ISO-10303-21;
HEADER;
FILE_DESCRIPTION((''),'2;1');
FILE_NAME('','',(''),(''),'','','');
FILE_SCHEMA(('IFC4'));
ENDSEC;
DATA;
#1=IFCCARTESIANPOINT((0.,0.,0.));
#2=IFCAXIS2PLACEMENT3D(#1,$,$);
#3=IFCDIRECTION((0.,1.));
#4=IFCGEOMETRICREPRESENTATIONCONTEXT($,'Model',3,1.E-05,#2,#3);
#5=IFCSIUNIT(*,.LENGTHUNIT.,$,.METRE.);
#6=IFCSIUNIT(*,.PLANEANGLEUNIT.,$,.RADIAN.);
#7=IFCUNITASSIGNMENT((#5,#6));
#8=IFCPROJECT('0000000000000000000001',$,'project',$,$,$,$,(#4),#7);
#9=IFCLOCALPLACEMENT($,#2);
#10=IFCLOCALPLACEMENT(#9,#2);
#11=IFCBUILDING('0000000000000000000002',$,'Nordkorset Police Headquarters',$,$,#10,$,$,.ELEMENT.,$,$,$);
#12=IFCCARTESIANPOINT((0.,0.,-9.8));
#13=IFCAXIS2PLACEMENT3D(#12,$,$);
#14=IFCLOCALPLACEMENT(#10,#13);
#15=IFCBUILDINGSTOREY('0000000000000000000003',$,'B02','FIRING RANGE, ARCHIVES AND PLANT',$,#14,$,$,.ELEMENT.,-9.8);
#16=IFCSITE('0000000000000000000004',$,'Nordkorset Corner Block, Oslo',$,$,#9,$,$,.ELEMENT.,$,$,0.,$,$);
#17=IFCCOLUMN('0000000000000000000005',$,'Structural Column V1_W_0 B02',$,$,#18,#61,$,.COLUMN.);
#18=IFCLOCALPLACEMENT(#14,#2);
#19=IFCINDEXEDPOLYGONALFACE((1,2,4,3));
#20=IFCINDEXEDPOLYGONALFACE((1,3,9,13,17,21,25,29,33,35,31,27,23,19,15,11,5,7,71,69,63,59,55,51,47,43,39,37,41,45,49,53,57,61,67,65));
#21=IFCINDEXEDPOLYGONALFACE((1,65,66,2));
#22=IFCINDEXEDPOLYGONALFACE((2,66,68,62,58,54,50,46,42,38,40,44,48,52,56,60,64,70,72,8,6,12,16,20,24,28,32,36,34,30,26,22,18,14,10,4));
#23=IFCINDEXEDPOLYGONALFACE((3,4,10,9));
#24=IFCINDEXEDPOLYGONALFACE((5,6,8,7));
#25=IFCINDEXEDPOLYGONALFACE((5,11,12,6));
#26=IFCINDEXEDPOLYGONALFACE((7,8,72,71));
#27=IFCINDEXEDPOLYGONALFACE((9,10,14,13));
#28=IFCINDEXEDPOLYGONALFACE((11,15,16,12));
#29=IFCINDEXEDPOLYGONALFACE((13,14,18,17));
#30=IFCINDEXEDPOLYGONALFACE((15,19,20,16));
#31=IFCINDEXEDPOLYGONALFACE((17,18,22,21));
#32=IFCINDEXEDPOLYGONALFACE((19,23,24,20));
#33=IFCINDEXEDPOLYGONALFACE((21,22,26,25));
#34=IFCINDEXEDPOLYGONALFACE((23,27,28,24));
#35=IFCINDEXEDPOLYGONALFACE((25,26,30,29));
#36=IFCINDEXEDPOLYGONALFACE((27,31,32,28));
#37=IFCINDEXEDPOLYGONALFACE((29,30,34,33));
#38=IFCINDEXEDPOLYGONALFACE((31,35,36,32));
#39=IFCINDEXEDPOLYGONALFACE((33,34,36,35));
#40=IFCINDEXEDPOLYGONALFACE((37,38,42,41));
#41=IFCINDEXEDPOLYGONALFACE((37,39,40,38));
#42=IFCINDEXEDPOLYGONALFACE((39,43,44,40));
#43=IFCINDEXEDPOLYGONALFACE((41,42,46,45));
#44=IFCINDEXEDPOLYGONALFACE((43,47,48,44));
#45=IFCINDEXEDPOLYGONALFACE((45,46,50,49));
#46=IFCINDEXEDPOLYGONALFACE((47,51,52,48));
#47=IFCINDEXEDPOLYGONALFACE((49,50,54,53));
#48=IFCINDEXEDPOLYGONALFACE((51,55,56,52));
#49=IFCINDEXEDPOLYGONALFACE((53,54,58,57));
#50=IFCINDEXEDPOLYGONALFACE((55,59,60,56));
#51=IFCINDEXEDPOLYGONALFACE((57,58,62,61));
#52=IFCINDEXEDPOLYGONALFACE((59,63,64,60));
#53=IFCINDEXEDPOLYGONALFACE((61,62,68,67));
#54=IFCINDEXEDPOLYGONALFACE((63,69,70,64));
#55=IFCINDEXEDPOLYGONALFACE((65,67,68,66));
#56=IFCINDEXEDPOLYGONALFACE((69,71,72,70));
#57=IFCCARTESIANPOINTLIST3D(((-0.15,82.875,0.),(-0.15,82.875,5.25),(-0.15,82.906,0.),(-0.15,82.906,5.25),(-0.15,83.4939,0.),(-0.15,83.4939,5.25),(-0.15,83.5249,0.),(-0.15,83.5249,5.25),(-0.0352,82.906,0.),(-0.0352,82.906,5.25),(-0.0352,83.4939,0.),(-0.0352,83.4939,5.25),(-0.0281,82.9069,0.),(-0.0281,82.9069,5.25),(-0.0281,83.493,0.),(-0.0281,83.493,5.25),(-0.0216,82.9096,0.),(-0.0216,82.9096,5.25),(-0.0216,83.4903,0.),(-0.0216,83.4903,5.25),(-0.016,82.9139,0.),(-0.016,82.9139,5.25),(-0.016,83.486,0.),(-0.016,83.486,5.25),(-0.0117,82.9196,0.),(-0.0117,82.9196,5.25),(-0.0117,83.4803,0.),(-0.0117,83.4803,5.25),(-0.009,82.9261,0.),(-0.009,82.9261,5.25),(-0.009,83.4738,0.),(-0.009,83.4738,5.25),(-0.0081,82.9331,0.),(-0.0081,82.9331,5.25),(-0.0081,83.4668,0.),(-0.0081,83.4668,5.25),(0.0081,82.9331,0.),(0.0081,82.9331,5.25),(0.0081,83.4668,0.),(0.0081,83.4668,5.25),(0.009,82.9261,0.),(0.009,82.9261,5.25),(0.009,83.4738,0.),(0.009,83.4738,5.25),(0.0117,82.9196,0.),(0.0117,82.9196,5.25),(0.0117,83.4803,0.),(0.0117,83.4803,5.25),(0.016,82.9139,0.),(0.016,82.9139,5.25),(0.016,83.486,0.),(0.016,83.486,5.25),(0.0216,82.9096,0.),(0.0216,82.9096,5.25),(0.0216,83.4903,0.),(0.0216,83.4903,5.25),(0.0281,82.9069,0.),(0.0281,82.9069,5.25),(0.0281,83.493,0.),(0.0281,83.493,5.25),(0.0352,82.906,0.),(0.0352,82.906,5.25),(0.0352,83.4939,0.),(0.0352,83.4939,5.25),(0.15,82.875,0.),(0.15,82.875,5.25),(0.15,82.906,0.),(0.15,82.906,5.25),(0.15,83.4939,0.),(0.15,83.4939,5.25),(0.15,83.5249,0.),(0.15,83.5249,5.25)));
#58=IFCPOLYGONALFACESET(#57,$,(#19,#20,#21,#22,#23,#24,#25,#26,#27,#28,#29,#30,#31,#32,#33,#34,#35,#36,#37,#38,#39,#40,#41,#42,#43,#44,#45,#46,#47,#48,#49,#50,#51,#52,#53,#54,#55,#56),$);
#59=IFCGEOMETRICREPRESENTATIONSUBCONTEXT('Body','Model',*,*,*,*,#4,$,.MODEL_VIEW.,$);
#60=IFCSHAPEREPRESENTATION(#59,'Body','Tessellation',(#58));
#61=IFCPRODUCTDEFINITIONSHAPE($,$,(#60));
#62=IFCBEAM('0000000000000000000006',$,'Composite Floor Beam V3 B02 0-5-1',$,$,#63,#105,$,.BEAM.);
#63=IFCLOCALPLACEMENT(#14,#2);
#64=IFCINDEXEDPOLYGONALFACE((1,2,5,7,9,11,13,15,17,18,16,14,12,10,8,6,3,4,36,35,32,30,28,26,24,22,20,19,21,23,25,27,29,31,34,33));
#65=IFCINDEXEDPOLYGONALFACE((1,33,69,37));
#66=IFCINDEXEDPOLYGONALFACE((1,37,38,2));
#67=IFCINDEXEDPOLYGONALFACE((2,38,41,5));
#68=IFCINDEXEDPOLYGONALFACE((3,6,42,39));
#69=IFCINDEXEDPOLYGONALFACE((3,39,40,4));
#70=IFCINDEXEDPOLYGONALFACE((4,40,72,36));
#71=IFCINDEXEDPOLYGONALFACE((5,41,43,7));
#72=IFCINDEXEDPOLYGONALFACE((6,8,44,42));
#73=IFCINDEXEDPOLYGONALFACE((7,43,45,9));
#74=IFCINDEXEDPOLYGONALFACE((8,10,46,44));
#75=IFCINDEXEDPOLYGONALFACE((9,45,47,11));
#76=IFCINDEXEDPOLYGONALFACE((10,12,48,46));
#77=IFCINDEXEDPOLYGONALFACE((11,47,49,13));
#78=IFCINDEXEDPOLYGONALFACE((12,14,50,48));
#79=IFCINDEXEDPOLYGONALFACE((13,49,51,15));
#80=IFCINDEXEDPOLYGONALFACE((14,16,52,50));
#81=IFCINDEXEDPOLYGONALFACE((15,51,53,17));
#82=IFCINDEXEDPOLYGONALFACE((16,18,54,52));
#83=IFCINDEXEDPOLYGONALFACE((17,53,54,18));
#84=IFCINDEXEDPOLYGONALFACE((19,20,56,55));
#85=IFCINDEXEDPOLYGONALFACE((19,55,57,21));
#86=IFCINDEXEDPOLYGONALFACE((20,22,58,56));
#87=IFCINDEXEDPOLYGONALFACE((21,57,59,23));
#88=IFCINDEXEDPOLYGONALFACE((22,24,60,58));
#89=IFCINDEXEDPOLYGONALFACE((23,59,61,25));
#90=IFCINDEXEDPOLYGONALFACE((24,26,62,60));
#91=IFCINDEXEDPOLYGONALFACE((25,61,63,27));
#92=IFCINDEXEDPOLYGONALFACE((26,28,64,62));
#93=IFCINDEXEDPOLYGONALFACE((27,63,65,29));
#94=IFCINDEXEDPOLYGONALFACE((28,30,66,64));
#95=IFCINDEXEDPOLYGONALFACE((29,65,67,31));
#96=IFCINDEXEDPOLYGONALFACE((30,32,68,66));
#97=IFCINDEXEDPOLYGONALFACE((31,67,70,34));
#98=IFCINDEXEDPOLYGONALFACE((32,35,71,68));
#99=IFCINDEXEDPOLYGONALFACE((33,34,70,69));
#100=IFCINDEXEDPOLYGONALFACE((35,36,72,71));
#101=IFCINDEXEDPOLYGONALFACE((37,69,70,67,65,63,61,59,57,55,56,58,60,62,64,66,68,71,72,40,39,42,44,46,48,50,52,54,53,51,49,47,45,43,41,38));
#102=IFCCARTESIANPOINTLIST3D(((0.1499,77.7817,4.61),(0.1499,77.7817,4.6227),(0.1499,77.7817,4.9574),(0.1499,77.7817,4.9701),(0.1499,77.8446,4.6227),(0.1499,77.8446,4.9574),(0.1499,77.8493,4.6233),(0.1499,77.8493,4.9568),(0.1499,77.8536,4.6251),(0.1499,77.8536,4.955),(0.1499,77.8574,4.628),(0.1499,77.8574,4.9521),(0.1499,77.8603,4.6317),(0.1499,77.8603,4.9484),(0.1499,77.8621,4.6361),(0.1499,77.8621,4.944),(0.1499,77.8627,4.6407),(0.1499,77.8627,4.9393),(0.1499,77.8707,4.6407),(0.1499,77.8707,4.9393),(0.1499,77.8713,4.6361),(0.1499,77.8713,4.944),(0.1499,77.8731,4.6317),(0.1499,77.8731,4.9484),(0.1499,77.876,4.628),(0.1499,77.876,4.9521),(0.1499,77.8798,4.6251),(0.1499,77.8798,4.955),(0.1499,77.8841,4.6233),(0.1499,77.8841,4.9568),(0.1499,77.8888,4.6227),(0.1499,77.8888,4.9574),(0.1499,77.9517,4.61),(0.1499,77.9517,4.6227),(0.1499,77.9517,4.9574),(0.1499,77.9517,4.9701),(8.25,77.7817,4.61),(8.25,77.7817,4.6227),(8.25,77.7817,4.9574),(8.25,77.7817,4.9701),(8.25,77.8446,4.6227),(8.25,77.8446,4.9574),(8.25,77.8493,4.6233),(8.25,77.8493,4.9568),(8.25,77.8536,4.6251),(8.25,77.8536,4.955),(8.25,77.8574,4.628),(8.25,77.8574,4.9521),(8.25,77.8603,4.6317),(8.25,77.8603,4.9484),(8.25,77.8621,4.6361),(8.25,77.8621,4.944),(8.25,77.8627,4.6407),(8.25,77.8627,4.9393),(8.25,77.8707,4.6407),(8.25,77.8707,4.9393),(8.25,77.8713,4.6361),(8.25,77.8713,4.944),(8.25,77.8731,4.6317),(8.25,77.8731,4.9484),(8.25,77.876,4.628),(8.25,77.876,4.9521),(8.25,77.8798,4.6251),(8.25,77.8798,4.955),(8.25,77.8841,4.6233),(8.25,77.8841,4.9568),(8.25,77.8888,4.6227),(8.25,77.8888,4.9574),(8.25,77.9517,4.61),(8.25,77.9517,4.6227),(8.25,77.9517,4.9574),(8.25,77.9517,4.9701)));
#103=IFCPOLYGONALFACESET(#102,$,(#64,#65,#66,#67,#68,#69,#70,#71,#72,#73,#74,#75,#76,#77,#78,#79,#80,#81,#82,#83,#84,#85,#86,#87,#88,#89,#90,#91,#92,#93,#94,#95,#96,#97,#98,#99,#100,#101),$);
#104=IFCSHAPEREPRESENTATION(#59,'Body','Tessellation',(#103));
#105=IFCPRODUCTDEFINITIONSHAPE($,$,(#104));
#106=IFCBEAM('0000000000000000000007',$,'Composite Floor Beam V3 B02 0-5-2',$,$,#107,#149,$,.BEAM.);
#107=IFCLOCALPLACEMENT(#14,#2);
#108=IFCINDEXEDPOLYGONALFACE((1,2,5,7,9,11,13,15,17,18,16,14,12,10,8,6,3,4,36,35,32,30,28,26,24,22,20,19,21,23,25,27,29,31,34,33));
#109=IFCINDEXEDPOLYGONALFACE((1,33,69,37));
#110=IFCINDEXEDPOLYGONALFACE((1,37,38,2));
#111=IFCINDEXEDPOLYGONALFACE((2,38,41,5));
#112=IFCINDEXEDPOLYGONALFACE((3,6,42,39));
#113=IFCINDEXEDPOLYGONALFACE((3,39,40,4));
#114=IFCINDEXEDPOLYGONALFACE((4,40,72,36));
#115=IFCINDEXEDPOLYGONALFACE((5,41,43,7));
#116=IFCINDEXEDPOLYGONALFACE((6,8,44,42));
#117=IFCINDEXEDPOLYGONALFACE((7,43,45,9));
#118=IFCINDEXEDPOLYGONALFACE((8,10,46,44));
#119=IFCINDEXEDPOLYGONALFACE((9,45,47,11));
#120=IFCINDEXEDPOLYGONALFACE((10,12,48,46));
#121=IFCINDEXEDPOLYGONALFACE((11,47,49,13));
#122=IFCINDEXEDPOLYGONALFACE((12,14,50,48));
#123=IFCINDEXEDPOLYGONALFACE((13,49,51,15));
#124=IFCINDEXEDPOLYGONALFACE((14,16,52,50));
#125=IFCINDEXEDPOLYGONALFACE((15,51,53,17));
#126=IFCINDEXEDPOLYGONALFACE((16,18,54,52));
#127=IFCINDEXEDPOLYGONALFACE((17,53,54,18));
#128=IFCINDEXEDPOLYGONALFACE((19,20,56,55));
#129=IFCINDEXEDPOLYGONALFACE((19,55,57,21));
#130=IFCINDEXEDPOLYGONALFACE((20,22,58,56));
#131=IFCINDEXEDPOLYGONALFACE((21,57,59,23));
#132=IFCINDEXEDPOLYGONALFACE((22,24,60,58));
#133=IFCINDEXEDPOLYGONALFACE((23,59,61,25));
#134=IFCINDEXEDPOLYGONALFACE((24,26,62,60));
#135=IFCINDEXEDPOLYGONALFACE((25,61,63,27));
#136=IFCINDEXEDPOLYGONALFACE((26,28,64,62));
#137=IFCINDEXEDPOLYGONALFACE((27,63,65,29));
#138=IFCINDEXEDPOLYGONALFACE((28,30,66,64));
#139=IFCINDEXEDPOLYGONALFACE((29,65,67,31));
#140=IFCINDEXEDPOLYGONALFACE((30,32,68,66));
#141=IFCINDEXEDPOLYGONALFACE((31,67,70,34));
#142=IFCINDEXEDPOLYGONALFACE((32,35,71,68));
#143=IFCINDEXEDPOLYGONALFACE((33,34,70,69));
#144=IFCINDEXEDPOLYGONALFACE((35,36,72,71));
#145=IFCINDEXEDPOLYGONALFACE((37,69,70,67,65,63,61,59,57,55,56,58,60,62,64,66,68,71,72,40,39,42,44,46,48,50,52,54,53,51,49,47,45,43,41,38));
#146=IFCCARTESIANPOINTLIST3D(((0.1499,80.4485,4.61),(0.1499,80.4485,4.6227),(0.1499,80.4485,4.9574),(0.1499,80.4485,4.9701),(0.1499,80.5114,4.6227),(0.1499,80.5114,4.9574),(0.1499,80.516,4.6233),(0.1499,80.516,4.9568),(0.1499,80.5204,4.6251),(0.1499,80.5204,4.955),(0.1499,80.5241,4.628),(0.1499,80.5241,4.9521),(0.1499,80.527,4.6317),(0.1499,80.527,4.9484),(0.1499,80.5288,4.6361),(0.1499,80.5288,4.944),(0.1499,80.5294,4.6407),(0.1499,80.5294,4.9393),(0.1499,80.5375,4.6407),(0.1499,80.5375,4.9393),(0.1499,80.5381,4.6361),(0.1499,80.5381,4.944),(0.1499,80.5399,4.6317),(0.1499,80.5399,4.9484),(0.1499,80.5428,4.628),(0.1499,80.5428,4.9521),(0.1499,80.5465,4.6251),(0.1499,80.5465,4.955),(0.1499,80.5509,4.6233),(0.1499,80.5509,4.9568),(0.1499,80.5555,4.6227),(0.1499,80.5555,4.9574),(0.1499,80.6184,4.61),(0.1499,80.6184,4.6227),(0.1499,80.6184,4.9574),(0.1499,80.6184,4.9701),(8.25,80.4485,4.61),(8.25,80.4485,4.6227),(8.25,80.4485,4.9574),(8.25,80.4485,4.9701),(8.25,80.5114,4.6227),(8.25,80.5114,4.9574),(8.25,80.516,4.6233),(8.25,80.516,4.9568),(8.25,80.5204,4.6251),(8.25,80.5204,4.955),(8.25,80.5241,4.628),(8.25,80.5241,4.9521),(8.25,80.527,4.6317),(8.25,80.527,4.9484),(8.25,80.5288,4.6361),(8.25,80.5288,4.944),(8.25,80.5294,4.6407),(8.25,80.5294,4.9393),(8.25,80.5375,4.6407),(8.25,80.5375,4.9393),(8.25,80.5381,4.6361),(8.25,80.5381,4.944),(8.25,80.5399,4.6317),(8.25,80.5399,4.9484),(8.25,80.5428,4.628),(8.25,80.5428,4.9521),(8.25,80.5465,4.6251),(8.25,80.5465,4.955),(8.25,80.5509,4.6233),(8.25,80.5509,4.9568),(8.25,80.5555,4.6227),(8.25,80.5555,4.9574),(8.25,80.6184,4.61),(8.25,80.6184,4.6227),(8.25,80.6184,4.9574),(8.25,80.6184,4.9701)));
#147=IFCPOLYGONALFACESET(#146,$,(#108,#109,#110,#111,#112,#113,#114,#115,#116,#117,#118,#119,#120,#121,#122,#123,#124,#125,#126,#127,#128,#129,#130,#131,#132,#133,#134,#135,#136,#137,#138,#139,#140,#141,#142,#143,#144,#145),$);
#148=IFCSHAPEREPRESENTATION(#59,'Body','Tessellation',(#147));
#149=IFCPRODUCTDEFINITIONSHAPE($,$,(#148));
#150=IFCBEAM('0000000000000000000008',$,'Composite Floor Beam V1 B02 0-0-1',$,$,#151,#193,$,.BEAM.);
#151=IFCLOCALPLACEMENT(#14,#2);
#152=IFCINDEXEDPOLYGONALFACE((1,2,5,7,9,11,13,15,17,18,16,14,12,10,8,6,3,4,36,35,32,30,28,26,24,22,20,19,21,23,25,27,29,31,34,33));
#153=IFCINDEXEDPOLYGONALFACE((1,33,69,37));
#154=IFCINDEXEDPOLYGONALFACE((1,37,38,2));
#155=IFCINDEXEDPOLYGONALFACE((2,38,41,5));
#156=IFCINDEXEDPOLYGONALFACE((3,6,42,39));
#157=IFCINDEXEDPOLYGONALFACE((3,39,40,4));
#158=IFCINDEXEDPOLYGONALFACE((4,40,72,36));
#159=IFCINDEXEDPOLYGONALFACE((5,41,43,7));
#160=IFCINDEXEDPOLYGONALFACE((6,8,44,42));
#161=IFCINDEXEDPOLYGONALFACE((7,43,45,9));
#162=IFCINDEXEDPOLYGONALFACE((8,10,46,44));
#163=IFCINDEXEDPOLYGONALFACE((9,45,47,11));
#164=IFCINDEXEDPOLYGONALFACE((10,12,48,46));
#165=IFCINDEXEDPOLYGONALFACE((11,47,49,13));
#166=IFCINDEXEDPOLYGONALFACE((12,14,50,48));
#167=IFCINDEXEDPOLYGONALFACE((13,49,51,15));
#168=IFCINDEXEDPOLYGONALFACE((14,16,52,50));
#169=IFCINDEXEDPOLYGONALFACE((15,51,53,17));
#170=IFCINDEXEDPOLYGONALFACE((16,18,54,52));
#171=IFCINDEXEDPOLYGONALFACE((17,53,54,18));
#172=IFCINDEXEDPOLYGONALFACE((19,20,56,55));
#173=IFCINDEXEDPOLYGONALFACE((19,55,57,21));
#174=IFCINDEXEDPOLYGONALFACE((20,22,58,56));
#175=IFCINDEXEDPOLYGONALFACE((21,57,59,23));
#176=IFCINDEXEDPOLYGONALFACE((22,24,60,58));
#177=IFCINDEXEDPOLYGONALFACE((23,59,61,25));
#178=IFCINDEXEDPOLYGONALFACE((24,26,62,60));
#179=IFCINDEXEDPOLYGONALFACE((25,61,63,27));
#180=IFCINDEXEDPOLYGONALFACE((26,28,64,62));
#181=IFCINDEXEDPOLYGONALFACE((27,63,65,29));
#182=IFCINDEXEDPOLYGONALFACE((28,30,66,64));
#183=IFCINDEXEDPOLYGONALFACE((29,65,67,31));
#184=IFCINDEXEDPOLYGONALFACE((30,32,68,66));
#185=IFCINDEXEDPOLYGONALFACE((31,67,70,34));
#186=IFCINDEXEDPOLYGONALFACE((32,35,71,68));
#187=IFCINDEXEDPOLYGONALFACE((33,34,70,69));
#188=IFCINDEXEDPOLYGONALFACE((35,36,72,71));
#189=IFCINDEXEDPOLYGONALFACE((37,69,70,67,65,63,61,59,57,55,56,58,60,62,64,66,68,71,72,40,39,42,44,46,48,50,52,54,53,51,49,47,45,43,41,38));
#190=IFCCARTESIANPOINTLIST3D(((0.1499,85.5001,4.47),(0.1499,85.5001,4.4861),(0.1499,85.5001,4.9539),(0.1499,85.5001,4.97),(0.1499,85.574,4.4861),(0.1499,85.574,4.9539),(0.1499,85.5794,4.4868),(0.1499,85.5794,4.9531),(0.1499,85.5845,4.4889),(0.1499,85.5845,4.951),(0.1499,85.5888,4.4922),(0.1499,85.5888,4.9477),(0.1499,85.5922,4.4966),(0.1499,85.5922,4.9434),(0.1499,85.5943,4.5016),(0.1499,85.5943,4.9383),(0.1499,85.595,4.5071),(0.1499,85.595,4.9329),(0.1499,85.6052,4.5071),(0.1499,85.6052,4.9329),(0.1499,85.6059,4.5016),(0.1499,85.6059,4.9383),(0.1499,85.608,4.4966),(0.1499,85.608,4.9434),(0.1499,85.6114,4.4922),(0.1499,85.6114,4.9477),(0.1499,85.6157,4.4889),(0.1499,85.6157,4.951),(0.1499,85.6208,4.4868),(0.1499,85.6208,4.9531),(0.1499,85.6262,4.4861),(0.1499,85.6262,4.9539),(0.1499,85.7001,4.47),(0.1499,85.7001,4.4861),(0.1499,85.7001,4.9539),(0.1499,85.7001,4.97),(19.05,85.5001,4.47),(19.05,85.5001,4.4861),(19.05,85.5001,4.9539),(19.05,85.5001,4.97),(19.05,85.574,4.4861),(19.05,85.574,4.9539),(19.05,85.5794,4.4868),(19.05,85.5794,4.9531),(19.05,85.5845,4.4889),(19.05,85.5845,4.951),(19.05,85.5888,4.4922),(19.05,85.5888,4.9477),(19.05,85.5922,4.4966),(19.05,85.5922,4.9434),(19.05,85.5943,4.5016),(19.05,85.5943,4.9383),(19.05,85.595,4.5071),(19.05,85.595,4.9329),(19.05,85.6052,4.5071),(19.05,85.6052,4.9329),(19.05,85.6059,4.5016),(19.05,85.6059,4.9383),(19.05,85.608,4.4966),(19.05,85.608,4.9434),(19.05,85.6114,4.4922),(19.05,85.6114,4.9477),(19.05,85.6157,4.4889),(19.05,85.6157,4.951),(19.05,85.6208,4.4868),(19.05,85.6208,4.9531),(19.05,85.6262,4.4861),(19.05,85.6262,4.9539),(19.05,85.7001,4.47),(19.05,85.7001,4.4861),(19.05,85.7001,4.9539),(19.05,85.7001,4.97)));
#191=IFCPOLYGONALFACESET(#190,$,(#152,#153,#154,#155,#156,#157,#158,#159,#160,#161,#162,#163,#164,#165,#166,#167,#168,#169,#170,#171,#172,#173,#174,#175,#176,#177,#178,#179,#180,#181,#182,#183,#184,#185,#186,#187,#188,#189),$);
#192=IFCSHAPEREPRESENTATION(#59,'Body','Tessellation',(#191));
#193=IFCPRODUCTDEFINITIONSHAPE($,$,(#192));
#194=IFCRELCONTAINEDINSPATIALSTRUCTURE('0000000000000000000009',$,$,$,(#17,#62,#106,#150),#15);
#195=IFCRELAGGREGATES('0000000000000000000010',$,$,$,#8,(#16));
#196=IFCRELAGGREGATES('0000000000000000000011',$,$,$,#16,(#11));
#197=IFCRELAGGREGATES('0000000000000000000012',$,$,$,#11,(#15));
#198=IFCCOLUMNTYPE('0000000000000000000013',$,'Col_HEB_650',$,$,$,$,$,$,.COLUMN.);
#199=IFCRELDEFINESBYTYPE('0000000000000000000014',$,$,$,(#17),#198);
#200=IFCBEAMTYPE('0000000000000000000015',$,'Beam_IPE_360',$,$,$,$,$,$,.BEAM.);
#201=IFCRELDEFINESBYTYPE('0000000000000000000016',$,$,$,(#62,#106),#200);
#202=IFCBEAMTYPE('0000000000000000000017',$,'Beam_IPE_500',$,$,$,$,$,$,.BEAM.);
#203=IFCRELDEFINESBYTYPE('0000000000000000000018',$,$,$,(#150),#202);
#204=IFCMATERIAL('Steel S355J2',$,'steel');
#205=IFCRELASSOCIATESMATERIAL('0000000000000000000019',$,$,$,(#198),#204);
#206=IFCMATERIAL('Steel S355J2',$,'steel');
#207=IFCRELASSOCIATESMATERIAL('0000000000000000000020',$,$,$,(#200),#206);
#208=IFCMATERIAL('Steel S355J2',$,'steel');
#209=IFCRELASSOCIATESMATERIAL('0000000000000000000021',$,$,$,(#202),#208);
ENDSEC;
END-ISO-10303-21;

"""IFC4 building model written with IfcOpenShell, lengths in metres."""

from ifc_helpers import new_model, si_unit, direction, frame, origin, origin_2d, place, context, subcontext, project, spatial, i_section, extrude, material, material_profile, profile_set, type_object, element, save


model = new_model("IFC4")

# Units and contexts
model_context = context("Model", 3, precision=1e-05, world=origin(), true_north=direction((0.0, 1.0)))
body_context = subcontext(model_context, "Body", "Model", "MODEL_VIEW")
ifc_project = project(units=[si_unit("LENGTHUNIT", "METRE"), si_unit("PLANEANGLEUNIT", "RADIAN")], contexts=[model_context])

# Site, building, storey
site_placement = place(None, origin())
site = spatial("IfcSite", under=ifc_project, at=site_placement, Name="Nordkorset Corner Block, Oslo", CompositionType="ELEMENT", RefElevation=0.0)
building_placement = place(site_placement, origin())
building = spatial("IfcBuilding", under=site, at=building_placement, Name="Nordkorset Police Headquarters", CompositionType="ELEMENT")
storey_placement = place(building_placement, frame((0.0, 0.0, -9.8)))
storey = spatial("IfcBuildingStorey", under=building, at=storey_placement, Name="B02", Description="FIRING RANGE, ARCHIVES AND PLANT", CompositionType="ELEMENT", Elevation=-9.8)

# Column
ifc_material_1 = material(Name="Steel S355J2", Category="steel")
ifc_material_profile_1 = material_profile(ifc_material_1, i_section(OverallWidth=0.3, OverallDepth=0.6499, WebThickness=0.0161, FlangeThickness=0.031, FilletRadius=0.0271, at=origin_2d()), Name="HEB 650")
ifc_profile_set_1 = profile_set([ifc_material_profile_1], Name="Steel S355J2")
column_type = type_object("IfcColumnType", Name="Col_HEB_650", PredefinedType="COLUMN", material=ifc_profile_set_1)
column_placement = place(storey_placement, frame((0.0, 83.2, 0.0), z_axis=(0.0, 0.0, 1.0), x_axis=(1.0, 0.0, 0.0)))
element("IfcColumn", 1, at=column_placement, inside=storey, type_object=column_type, Name="Structural Column V1_W_0 B02", PredefinedType="COLUMN", context=body_context, shape_type="SweptSolid", body=[
    extrude(i_section(OverallWidth=0.3, OverallDepth=0.6499, WebThickness=0.0161, FlangeThickness=0.031, FilletRadius=0.0271, at=origin_2d()), origin(), (0.0, 0.0, 1.0), 5.25),
])

# Beams
ifc_material_2 = material(Name="Steel S355J2", Category="steel")
ifc_material_profile_2 = material_profile(ifc_material_2, i_section(OverallWidth=0.1699, OverallDepth=0.3601, WebThickness=0.0081, FlangeThickness=0.0127, FilletRadius=0.0181, at=origin_2d()), Name="IPE 360")
ifc_profile_set_2 = profile_set([ifc_material_profile_2], Name="Steel S355J2")
beam_type_1 = type_object("IfcBeamType", Name="Beam_IPE_360", PredefinedType="BEAM", material=ifc_profile_set_2)
for number, where, z_axis, x_axis, name in (
    (2, (0.1499, 77.8667, 4.79), (1.0, 0.0, 0.0), (0.0, 1.0, 0.0), "Composite Floor Beam V3 B02 0-5-1"),
    (3, (0.1499, 80.5334, 4.79), (1.0, 0.0, 0.0), (0.0, 1.0, 0.0), "Composite Floor Beam V3 B02 0-5-2"),
):
    element("IfcBeam", number, at=place(storey_placement, frame(where, z_axis=z_axis, x_axis=x_axis)), inside=storey, type_object=beam_type_1, Name=name, PredefinedType="BEAM", context=body_context, shape_type="SweptSolid", body=[
        extrude(i_section(OverallWidth=0.1699, OverallDepth=0.3601, WebThickness=0.0081, FlangeThickness=0.0127, FilletRadius=0.0181, at=origin_2d()), origin(), (0.0, 0.0, 1.0), 8.1001),
    ])
ifc_material_3 = material(Name="Steel S355J2", Category="steel")
ifc_material_profile_3 = material_profile(ifc_material_3, i_section(OverallWidth=0.2, OverallDepth=0.5, WebThickness=0.0103, FlangeThickness=0.0161, FilletRadius=0.021, at=origin_2d()), Name="IPE 500")
ifc_profile_set_3 = profile_set([ifc_material_profile_3], Name="Steel S355J2")
beam_type_2 = type_object("IfcBeamType", Name="Beam_IPE_500", PredefinedType="BEAM", material=ifc_profile_set_3)
beam_1_placement = place(storey_placement, frame((0.1499, 85.6001, 4.72), z_axis=(1.0, 0.0, 0.0), x_axis=(0.0, 1.0, 0.0)))
element("IfcBeam", 4, at=beam_1_placement, inside=storey, type_object=beam_type_2, Name="Composite Floor Beam V1 B02 0-0-1", PredefinedType="BEAM", context=body_context, shape_type="SweptSolid", body=[
    extrude(i_section(OverallWidth=0.2, OverallDepth=0.5, WebThickness=0.0103, FlangeThickness=0.0161, FilletRadius=0.021, at=origin_2d()), origin(), (0.0, 0.0, 1.0), 18.9001),
])

save(model, "model.ifc")
